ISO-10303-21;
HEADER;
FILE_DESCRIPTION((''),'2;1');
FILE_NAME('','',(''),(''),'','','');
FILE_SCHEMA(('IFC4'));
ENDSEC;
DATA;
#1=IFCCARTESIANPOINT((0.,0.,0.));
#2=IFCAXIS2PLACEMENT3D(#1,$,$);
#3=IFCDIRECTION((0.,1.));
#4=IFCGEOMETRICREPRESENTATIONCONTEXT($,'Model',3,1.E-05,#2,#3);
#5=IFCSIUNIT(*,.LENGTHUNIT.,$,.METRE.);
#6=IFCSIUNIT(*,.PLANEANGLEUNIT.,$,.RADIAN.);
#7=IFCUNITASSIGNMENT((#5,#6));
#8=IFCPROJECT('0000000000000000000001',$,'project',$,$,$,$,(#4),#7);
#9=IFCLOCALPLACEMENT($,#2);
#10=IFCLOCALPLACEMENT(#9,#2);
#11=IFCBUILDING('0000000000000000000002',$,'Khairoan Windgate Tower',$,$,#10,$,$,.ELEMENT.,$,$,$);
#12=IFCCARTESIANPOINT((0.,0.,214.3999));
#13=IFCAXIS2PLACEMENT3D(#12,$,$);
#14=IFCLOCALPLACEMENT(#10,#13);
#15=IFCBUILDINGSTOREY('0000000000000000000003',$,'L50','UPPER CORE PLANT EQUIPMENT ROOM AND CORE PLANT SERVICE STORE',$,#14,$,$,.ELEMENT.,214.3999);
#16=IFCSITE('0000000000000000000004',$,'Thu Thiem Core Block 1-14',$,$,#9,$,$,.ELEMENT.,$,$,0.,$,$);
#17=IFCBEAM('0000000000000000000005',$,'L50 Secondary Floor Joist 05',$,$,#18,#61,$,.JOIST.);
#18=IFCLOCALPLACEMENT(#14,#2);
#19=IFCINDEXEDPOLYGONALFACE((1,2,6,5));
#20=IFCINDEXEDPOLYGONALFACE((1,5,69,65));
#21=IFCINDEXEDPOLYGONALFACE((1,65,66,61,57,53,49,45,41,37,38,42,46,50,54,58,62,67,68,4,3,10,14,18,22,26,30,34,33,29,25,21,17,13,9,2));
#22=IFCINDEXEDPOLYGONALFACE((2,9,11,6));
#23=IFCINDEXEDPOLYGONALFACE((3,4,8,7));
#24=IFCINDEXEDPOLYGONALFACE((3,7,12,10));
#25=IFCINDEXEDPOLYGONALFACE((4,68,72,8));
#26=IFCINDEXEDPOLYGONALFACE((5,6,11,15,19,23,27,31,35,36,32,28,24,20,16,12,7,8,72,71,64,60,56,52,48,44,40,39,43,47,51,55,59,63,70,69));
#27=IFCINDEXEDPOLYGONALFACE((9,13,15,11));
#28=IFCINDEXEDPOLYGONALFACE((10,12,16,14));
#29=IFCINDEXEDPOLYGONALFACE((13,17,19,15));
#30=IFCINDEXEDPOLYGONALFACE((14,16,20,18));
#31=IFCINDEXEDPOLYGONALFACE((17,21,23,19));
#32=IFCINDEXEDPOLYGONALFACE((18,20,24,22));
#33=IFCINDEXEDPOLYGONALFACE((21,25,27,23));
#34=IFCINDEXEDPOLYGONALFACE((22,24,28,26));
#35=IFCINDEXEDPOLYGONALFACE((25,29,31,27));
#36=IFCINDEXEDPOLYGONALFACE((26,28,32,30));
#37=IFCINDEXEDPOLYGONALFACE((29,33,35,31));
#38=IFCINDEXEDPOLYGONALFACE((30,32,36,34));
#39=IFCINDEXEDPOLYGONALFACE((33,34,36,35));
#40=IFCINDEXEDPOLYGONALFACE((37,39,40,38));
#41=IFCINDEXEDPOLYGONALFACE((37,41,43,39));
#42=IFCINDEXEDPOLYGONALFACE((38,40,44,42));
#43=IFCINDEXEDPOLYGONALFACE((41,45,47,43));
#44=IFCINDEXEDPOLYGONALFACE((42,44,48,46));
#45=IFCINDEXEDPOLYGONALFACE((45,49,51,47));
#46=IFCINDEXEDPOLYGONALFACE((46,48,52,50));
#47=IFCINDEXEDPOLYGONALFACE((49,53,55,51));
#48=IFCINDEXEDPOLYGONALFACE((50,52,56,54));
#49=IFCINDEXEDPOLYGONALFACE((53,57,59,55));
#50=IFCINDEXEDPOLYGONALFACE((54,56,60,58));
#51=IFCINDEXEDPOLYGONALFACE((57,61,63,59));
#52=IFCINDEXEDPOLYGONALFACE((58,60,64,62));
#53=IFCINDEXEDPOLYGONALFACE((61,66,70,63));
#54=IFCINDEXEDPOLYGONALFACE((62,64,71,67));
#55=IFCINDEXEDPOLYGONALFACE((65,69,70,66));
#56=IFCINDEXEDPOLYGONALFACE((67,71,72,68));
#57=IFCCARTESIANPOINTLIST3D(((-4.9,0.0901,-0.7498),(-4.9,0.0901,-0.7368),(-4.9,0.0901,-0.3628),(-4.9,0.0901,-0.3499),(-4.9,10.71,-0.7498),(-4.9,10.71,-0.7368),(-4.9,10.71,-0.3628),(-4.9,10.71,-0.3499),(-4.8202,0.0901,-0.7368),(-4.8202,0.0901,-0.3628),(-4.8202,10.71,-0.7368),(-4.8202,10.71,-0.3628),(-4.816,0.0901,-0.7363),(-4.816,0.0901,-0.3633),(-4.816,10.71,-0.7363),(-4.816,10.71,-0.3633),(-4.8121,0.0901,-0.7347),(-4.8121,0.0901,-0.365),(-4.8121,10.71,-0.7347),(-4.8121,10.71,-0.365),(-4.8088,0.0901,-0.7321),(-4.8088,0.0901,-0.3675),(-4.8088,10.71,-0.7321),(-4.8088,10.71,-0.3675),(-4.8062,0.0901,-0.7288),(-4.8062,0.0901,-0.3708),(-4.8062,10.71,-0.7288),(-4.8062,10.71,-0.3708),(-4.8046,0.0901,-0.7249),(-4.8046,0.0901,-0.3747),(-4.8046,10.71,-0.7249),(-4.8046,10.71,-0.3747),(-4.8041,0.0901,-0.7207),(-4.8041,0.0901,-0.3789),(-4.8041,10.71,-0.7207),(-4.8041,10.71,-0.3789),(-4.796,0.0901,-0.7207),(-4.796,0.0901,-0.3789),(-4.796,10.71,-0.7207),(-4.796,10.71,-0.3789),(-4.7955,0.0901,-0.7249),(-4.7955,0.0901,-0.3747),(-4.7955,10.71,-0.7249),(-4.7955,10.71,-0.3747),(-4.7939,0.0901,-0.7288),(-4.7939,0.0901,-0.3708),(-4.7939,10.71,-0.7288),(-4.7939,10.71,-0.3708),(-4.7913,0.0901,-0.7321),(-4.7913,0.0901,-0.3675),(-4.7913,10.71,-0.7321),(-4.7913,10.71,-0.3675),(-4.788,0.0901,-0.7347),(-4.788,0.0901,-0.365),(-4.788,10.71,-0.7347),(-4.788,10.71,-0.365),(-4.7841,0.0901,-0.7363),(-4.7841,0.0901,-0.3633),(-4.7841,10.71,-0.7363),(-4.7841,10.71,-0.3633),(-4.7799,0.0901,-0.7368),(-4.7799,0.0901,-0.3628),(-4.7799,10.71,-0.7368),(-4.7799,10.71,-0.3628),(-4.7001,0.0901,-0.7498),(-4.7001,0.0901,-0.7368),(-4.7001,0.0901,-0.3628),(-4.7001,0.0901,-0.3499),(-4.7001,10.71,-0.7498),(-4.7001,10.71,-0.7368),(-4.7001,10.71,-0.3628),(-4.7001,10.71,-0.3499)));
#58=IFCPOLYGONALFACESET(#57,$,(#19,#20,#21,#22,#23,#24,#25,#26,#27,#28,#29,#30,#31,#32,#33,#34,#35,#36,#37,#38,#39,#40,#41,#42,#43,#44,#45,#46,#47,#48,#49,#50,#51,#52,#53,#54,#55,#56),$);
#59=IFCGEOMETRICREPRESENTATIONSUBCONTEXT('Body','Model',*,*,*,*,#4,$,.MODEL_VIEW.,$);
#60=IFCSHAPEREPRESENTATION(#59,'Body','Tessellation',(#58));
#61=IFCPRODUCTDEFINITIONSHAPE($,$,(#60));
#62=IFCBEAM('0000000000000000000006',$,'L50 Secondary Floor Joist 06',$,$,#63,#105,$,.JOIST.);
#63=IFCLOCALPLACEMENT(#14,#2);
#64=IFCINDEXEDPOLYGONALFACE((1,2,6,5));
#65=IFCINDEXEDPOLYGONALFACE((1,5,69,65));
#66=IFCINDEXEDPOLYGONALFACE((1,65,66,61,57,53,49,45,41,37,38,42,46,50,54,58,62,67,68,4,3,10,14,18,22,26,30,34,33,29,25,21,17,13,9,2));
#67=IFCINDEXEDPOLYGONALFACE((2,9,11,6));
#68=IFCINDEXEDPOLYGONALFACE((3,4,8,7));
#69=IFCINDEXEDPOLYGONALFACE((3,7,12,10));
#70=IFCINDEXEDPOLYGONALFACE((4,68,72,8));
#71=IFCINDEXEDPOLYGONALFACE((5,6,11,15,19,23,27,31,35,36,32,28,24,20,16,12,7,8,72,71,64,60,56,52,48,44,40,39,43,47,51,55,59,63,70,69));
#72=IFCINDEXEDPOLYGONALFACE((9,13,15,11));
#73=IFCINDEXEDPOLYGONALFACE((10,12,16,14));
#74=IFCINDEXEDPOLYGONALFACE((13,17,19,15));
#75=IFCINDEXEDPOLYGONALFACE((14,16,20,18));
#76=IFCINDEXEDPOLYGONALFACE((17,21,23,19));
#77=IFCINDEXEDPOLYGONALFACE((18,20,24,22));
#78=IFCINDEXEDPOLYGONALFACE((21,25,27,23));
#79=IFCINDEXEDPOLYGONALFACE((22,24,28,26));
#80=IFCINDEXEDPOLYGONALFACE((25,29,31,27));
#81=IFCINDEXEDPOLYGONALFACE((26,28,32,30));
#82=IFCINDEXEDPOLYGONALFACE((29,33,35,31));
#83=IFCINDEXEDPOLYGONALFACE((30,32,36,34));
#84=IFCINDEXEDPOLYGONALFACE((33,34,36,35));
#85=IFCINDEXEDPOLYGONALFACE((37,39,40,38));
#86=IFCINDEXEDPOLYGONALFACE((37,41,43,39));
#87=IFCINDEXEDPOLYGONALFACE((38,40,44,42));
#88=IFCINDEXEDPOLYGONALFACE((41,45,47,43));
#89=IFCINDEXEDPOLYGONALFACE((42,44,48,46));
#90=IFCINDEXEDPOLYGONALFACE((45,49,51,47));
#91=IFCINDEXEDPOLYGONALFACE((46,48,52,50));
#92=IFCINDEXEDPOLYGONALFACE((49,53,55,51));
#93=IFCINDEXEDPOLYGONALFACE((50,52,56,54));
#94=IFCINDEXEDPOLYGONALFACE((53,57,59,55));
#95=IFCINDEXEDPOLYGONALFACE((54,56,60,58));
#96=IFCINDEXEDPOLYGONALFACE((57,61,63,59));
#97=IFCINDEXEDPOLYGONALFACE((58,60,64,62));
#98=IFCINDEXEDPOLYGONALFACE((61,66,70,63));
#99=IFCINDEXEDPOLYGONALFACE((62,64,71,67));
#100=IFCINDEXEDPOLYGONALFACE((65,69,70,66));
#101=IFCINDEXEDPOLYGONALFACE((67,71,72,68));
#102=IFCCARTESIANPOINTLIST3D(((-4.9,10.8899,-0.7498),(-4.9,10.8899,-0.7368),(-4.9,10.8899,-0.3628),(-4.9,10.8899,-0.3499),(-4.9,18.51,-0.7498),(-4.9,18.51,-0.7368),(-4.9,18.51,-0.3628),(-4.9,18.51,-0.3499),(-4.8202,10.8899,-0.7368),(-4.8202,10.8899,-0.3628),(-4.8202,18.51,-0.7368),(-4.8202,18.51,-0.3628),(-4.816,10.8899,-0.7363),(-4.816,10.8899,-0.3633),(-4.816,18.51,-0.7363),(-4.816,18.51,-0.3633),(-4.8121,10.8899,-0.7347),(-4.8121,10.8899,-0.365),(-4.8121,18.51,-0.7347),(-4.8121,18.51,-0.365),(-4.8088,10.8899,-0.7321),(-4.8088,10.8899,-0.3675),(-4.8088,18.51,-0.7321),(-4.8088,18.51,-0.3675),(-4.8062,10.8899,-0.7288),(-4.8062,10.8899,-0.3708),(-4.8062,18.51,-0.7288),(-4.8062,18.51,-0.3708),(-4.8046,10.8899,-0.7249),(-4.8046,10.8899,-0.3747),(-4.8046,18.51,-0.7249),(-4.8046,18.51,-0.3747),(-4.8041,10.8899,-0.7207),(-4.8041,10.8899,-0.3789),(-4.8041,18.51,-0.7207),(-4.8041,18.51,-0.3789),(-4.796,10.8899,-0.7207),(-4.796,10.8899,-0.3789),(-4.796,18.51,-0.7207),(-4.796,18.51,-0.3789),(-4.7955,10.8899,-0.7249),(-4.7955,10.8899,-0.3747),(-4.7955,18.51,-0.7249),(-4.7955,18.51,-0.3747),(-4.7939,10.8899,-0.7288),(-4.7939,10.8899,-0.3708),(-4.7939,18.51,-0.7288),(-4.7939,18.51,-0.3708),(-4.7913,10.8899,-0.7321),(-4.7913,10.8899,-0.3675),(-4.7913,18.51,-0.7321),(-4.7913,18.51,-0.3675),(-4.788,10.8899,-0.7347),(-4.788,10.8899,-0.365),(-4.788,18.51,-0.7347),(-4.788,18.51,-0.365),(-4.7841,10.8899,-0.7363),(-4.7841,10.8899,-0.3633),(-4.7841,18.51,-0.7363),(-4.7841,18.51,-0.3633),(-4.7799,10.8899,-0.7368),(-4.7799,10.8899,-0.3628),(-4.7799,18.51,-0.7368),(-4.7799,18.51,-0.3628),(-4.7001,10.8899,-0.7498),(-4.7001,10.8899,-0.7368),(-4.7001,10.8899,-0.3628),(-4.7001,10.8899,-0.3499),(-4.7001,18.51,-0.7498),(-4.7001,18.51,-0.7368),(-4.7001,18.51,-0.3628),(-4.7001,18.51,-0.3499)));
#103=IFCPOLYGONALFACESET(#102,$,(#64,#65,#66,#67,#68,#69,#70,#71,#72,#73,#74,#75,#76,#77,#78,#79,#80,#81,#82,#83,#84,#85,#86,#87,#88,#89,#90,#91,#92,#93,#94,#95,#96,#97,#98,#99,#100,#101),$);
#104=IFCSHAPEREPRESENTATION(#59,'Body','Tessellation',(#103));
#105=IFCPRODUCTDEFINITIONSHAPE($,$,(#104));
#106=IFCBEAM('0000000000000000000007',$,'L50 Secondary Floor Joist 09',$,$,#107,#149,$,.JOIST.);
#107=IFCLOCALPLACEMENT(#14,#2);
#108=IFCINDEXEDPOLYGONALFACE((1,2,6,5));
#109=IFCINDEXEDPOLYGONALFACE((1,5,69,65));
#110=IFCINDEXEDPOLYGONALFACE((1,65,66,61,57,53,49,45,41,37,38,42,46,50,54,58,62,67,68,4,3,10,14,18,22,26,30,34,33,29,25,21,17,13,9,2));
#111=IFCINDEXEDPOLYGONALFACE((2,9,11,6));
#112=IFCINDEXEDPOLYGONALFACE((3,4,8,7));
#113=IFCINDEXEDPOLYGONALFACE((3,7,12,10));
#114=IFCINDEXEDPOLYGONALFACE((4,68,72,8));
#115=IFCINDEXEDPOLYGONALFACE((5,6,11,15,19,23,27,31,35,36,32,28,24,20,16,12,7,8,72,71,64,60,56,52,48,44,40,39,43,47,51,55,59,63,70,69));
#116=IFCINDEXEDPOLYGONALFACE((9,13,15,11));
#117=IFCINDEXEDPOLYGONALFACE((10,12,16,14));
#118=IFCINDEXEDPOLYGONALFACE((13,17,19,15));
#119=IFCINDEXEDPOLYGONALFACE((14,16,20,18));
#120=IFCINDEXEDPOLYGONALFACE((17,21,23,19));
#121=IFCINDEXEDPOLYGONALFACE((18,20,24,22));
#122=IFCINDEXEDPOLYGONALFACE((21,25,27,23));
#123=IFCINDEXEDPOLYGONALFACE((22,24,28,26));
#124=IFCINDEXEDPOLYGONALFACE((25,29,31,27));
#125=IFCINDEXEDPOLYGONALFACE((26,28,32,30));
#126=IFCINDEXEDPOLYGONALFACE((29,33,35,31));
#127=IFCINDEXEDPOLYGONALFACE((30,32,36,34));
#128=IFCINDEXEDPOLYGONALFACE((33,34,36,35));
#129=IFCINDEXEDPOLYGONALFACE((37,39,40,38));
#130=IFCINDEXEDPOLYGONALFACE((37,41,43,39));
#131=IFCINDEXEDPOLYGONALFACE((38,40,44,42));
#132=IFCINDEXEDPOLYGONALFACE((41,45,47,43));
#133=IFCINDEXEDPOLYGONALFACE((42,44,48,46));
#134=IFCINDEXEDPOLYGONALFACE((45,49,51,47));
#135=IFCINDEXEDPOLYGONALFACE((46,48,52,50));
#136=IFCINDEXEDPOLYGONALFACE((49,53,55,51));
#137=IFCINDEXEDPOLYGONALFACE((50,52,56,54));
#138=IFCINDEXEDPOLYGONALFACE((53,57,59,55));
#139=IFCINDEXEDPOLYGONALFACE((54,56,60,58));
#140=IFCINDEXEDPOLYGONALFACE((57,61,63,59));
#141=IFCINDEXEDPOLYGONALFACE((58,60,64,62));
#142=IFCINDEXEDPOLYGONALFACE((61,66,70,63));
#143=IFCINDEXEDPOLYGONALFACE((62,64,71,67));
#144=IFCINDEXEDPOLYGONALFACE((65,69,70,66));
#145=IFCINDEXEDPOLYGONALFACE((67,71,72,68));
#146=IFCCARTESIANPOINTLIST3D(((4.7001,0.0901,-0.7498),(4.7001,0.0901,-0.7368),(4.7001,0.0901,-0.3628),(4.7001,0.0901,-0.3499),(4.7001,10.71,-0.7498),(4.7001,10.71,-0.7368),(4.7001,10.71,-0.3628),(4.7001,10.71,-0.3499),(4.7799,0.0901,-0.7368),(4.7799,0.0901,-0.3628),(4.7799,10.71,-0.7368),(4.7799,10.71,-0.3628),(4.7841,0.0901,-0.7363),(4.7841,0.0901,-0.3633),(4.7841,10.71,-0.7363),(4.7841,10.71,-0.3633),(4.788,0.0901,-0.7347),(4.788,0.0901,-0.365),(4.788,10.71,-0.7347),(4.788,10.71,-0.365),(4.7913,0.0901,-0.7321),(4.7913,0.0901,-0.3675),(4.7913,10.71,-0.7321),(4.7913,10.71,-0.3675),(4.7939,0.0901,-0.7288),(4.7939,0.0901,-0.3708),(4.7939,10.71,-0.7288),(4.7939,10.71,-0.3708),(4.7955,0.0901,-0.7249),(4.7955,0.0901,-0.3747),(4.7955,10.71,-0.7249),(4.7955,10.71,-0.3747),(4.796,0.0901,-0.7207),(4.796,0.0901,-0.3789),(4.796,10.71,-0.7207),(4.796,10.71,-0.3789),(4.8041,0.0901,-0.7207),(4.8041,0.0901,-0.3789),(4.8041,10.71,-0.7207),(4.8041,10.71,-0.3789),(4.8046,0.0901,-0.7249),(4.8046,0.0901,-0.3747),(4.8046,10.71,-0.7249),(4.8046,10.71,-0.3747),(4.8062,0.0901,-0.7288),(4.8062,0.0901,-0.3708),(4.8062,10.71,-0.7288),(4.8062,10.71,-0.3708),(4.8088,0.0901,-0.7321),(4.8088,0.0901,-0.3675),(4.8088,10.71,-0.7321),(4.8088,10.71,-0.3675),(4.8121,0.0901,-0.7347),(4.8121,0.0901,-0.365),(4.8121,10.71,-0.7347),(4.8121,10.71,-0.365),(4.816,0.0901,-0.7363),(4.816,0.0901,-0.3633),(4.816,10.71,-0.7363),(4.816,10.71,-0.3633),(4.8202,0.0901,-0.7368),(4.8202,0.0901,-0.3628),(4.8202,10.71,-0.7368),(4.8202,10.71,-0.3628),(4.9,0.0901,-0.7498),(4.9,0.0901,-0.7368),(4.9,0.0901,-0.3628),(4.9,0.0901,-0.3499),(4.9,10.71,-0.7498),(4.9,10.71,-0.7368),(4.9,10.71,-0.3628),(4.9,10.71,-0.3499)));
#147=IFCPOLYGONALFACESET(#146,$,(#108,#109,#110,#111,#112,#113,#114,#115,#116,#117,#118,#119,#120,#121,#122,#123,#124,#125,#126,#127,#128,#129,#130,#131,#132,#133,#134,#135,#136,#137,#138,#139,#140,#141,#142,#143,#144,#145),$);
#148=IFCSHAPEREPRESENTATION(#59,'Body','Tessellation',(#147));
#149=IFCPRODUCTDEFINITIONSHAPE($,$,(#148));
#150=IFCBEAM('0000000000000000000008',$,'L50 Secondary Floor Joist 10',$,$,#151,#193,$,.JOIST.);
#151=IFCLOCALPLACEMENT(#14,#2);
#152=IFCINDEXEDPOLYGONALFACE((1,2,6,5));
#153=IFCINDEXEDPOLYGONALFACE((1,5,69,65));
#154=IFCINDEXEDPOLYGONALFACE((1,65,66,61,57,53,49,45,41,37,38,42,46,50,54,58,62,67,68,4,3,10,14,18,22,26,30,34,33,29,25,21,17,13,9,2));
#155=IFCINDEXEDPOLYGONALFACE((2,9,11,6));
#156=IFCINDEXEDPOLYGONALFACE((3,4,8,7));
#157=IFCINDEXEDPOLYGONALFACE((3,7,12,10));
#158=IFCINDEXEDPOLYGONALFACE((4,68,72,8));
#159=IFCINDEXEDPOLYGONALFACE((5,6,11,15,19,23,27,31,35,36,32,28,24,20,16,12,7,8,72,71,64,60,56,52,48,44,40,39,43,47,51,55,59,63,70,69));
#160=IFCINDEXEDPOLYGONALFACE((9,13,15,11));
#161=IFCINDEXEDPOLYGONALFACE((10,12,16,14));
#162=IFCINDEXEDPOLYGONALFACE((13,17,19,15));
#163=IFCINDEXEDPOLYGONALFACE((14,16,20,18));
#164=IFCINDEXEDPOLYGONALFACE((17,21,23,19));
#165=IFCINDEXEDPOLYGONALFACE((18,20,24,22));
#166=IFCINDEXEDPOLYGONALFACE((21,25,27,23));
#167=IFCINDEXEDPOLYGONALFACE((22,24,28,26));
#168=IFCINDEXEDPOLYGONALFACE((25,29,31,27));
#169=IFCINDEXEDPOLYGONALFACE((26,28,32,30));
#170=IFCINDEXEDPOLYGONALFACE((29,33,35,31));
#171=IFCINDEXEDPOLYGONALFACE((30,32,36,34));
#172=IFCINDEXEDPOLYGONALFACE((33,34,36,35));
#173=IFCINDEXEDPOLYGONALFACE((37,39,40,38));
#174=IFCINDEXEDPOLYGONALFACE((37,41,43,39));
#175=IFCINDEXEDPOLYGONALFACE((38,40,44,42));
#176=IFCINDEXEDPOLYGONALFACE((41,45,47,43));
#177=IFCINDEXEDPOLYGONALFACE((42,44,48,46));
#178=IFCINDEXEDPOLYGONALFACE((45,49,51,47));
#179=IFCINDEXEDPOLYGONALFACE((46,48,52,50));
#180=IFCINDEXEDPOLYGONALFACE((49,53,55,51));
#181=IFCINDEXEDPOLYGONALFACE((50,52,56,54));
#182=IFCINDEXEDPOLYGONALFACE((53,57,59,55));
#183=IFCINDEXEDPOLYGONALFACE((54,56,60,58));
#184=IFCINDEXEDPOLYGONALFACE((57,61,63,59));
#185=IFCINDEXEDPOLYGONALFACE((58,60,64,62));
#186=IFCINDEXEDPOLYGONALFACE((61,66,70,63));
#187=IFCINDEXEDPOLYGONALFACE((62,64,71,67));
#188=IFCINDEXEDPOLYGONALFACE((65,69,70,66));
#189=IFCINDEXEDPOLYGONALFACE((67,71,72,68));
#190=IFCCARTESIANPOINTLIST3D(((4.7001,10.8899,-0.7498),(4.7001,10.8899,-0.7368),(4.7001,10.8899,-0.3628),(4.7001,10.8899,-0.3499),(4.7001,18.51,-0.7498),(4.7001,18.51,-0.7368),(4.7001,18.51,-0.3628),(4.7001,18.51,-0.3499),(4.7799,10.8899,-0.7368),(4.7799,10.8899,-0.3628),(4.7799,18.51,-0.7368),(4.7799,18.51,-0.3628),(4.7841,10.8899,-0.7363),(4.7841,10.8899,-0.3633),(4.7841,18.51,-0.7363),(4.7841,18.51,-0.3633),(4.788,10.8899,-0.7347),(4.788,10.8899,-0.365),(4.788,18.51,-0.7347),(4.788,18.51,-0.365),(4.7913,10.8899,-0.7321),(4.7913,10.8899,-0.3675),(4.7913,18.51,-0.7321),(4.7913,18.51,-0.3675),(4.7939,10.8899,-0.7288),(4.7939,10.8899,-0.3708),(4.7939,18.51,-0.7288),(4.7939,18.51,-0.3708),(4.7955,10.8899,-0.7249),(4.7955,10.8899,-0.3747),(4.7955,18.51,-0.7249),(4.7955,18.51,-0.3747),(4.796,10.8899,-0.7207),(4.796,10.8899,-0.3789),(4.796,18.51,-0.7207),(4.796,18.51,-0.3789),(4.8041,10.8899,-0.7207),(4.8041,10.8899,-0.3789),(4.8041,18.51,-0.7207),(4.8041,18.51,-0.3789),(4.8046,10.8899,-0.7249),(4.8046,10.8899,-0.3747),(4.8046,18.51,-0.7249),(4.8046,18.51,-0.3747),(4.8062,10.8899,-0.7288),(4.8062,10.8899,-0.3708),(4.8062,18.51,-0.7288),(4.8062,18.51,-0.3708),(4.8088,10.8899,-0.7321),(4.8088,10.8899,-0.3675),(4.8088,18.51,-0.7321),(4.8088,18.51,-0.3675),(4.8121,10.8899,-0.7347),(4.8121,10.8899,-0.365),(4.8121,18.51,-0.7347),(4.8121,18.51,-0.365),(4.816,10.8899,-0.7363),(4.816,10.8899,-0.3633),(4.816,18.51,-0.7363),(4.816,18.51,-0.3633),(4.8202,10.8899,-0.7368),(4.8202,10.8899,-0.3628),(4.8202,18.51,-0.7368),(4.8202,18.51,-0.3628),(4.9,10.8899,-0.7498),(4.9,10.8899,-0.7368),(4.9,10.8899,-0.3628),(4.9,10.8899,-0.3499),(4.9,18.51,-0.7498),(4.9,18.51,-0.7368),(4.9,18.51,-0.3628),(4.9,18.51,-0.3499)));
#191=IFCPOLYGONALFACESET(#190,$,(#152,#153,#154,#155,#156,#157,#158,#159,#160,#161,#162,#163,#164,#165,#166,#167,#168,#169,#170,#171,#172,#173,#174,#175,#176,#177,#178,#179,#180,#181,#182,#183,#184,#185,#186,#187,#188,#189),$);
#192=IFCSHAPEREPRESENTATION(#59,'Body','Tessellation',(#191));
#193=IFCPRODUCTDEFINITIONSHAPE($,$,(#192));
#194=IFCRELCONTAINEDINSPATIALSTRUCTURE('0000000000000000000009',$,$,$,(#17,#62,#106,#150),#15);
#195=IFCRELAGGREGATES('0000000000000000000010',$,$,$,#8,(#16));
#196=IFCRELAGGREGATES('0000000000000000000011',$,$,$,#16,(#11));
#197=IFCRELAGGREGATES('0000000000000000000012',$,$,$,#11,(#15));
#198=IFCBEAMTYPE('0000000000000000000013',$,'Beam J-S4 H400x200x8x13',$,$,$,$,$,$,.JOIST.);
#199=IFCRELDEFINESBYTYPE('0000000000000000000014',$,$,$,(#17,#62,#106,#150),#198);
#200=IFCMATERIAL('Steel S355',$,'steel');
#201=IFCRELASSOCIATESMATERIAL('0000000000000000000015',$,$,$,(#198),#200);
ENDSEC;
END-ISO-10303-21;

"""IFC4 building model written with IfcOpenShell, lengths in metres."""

from ifc_helpers import new_model, si_unit, direction, frame, origin, origin_2d, place, context, subcontext, project, spatial, i_section, extrude, material, material_profile, profile_set, type_object, element, save


model = new_model("IFC4")

# Units and contexts
model_context = context("Model", 3, precision=1e-05, world=origin(), true_north=direction((0.0, 1.0)))
body_context = subcontext(model_context, "Body", "Model", "MODEL_VIEW")
ifc_project = project(units=[si_unit("LENGTHUNIT", "METRE"), si_unit("PLANEANGLEUNIT", "RADIAN")], contexts=[model_context])

# Site, building, storey
site_placement = place(None, origin())
site = spatial("IfcSite", under=ifc_project, at=site_placement, Name="Thu Thiem Core Block 1-14", CompositionType="ELEMENT", RefElevation=0.0)
building_placement = place(site_placement, origin())
building = spatial("IfcBuilding", under=site, at=building_placement, Name="Khairoan Windgate Tower", CompositionType="ELEMENT")
storey_placement = place(building_placement, frame((0.0, 0.0, 214.3999)))
storey = spatial("IfcBuildingStorey", under=building, at=storey_placement, Name="L50", Description="UPPER CORE PLANT EQUIPMENT ROOM AND CORE PLANT SERVICE STORE", CompositionType="ELEMENT", Elevation=214.3999)

# Beams
ifc_material_1 = material(Name="Steel S355", Category="steel")
ifc_material_profile_1 = material_profile(ifc_material_1, i_section(OverallWidth=0.2, OverallDepth=0.3999, WebThickness=0.0081, FlangeThickness=0.0129, FilletRadius=0.0161, at=origin_2d()))
ifc_profile_set_1 = profile_set([ifc_material_profile_1], Name="Steel S355")
beam_type_1 = type_object("IfcBeamType", Name="Beam J-S4 H400x200x8x13", PredefinedType="JOIST", material=ifc_profile_set_1)
beam_1_placement = place(storey_placement, frame((-4.8, 0.0901, -0.5498), z_axis=(0.0, 1.0, 0.0), x_axis=(-1.0, 0.0, 0.0)))
element("IfcBeam", 1, at=beam_1_placement, inside=storey, type_object=beam_type_1, Name="L50 Secondary Floor Joist 05", PredefinedType="JOIST", context=body_context, shape_type="SweptSolid", body=[
    extrude(i_section(OverallWidth=0.2, OverallDepth=0.3999, WebThickness=0.0081, FlangeThickness=0.0129, FilletRadius=0.0161, at=origin_2d()), origin(), (0.0, 0.0, 1.0), 10.6199),
])
beam_2_placement = place(storey_placement, frame((-4.8, 10.8899, -0.5498), z_axis=(0.0, 1.0, 0.0), x_axis=(-1.0, 0.0, 0.0)))
element("IfcBeam", 2, at=beam_2_placement, inside=storey, type_object=beam_type_1, Name="L50 Secondary Floor Joist 06", PredefinedType="JOIST", context=body_context, shape_type="SweptSolid", body=[
    extrude(i_section(OverallWidth=0.2, OverallDepth=0.3999, WebThickness=0.0081, FlangeThickness=0.0129, FilletRadius=0.0161, at=origin_2d()), origin(), (0.0, 0.0, 1.0), 7.6201),
])
beam_3_placement = place(storey_placement, frame((4.8, 0.0901, -0.5498), z_axis=(0.0, 1.0, 0.0), x_axis=(-1.0, 0.0, 0.0)))
element("IfcBeam", 3, at=beam_3_placement, inside=storey, type_object=beam_type_1, Name="L50 Secondary Floor Joist 09", PredefinedType="JOIST", context=body_context, shape_type="SweptSolid", body=[
    extrude(i_section(OverallWidth=0.2, OverallDepth=0.3999, WebThickness=0.0081, FlangeThickness=0.0129, FilletRadius=0.0161, at=origin_2d()), origin(), (0.0, 0.0, 1.0), 10.6199),
])
beam_4_placement = place(storey_placement, frame((4.8, 10.8899, -0.5498), z_axis=(0.0, 1.0, 0.0), x_axis=(-1.0, 0.0, 0.0)))
element("IfcBeam", 4, at=beam_4_placement, inside=storey, type_object=beam_type_1, Name="L50 Secondary Floor Joist 10", PredefinedType="JOIST", context=body_context, shape_type="SweptSolid", body=[
    extrude(i_section(OverallWidth=0.2, OverallDepth=0.3999, WebThickness=0.0081, FlangeThickness=0.0129, FilletRadius=0.0161, at=origin_2d()), origin(), (0.0, 0.0, 1.0), 7.6201),
])

save(model, "model.ifc")
